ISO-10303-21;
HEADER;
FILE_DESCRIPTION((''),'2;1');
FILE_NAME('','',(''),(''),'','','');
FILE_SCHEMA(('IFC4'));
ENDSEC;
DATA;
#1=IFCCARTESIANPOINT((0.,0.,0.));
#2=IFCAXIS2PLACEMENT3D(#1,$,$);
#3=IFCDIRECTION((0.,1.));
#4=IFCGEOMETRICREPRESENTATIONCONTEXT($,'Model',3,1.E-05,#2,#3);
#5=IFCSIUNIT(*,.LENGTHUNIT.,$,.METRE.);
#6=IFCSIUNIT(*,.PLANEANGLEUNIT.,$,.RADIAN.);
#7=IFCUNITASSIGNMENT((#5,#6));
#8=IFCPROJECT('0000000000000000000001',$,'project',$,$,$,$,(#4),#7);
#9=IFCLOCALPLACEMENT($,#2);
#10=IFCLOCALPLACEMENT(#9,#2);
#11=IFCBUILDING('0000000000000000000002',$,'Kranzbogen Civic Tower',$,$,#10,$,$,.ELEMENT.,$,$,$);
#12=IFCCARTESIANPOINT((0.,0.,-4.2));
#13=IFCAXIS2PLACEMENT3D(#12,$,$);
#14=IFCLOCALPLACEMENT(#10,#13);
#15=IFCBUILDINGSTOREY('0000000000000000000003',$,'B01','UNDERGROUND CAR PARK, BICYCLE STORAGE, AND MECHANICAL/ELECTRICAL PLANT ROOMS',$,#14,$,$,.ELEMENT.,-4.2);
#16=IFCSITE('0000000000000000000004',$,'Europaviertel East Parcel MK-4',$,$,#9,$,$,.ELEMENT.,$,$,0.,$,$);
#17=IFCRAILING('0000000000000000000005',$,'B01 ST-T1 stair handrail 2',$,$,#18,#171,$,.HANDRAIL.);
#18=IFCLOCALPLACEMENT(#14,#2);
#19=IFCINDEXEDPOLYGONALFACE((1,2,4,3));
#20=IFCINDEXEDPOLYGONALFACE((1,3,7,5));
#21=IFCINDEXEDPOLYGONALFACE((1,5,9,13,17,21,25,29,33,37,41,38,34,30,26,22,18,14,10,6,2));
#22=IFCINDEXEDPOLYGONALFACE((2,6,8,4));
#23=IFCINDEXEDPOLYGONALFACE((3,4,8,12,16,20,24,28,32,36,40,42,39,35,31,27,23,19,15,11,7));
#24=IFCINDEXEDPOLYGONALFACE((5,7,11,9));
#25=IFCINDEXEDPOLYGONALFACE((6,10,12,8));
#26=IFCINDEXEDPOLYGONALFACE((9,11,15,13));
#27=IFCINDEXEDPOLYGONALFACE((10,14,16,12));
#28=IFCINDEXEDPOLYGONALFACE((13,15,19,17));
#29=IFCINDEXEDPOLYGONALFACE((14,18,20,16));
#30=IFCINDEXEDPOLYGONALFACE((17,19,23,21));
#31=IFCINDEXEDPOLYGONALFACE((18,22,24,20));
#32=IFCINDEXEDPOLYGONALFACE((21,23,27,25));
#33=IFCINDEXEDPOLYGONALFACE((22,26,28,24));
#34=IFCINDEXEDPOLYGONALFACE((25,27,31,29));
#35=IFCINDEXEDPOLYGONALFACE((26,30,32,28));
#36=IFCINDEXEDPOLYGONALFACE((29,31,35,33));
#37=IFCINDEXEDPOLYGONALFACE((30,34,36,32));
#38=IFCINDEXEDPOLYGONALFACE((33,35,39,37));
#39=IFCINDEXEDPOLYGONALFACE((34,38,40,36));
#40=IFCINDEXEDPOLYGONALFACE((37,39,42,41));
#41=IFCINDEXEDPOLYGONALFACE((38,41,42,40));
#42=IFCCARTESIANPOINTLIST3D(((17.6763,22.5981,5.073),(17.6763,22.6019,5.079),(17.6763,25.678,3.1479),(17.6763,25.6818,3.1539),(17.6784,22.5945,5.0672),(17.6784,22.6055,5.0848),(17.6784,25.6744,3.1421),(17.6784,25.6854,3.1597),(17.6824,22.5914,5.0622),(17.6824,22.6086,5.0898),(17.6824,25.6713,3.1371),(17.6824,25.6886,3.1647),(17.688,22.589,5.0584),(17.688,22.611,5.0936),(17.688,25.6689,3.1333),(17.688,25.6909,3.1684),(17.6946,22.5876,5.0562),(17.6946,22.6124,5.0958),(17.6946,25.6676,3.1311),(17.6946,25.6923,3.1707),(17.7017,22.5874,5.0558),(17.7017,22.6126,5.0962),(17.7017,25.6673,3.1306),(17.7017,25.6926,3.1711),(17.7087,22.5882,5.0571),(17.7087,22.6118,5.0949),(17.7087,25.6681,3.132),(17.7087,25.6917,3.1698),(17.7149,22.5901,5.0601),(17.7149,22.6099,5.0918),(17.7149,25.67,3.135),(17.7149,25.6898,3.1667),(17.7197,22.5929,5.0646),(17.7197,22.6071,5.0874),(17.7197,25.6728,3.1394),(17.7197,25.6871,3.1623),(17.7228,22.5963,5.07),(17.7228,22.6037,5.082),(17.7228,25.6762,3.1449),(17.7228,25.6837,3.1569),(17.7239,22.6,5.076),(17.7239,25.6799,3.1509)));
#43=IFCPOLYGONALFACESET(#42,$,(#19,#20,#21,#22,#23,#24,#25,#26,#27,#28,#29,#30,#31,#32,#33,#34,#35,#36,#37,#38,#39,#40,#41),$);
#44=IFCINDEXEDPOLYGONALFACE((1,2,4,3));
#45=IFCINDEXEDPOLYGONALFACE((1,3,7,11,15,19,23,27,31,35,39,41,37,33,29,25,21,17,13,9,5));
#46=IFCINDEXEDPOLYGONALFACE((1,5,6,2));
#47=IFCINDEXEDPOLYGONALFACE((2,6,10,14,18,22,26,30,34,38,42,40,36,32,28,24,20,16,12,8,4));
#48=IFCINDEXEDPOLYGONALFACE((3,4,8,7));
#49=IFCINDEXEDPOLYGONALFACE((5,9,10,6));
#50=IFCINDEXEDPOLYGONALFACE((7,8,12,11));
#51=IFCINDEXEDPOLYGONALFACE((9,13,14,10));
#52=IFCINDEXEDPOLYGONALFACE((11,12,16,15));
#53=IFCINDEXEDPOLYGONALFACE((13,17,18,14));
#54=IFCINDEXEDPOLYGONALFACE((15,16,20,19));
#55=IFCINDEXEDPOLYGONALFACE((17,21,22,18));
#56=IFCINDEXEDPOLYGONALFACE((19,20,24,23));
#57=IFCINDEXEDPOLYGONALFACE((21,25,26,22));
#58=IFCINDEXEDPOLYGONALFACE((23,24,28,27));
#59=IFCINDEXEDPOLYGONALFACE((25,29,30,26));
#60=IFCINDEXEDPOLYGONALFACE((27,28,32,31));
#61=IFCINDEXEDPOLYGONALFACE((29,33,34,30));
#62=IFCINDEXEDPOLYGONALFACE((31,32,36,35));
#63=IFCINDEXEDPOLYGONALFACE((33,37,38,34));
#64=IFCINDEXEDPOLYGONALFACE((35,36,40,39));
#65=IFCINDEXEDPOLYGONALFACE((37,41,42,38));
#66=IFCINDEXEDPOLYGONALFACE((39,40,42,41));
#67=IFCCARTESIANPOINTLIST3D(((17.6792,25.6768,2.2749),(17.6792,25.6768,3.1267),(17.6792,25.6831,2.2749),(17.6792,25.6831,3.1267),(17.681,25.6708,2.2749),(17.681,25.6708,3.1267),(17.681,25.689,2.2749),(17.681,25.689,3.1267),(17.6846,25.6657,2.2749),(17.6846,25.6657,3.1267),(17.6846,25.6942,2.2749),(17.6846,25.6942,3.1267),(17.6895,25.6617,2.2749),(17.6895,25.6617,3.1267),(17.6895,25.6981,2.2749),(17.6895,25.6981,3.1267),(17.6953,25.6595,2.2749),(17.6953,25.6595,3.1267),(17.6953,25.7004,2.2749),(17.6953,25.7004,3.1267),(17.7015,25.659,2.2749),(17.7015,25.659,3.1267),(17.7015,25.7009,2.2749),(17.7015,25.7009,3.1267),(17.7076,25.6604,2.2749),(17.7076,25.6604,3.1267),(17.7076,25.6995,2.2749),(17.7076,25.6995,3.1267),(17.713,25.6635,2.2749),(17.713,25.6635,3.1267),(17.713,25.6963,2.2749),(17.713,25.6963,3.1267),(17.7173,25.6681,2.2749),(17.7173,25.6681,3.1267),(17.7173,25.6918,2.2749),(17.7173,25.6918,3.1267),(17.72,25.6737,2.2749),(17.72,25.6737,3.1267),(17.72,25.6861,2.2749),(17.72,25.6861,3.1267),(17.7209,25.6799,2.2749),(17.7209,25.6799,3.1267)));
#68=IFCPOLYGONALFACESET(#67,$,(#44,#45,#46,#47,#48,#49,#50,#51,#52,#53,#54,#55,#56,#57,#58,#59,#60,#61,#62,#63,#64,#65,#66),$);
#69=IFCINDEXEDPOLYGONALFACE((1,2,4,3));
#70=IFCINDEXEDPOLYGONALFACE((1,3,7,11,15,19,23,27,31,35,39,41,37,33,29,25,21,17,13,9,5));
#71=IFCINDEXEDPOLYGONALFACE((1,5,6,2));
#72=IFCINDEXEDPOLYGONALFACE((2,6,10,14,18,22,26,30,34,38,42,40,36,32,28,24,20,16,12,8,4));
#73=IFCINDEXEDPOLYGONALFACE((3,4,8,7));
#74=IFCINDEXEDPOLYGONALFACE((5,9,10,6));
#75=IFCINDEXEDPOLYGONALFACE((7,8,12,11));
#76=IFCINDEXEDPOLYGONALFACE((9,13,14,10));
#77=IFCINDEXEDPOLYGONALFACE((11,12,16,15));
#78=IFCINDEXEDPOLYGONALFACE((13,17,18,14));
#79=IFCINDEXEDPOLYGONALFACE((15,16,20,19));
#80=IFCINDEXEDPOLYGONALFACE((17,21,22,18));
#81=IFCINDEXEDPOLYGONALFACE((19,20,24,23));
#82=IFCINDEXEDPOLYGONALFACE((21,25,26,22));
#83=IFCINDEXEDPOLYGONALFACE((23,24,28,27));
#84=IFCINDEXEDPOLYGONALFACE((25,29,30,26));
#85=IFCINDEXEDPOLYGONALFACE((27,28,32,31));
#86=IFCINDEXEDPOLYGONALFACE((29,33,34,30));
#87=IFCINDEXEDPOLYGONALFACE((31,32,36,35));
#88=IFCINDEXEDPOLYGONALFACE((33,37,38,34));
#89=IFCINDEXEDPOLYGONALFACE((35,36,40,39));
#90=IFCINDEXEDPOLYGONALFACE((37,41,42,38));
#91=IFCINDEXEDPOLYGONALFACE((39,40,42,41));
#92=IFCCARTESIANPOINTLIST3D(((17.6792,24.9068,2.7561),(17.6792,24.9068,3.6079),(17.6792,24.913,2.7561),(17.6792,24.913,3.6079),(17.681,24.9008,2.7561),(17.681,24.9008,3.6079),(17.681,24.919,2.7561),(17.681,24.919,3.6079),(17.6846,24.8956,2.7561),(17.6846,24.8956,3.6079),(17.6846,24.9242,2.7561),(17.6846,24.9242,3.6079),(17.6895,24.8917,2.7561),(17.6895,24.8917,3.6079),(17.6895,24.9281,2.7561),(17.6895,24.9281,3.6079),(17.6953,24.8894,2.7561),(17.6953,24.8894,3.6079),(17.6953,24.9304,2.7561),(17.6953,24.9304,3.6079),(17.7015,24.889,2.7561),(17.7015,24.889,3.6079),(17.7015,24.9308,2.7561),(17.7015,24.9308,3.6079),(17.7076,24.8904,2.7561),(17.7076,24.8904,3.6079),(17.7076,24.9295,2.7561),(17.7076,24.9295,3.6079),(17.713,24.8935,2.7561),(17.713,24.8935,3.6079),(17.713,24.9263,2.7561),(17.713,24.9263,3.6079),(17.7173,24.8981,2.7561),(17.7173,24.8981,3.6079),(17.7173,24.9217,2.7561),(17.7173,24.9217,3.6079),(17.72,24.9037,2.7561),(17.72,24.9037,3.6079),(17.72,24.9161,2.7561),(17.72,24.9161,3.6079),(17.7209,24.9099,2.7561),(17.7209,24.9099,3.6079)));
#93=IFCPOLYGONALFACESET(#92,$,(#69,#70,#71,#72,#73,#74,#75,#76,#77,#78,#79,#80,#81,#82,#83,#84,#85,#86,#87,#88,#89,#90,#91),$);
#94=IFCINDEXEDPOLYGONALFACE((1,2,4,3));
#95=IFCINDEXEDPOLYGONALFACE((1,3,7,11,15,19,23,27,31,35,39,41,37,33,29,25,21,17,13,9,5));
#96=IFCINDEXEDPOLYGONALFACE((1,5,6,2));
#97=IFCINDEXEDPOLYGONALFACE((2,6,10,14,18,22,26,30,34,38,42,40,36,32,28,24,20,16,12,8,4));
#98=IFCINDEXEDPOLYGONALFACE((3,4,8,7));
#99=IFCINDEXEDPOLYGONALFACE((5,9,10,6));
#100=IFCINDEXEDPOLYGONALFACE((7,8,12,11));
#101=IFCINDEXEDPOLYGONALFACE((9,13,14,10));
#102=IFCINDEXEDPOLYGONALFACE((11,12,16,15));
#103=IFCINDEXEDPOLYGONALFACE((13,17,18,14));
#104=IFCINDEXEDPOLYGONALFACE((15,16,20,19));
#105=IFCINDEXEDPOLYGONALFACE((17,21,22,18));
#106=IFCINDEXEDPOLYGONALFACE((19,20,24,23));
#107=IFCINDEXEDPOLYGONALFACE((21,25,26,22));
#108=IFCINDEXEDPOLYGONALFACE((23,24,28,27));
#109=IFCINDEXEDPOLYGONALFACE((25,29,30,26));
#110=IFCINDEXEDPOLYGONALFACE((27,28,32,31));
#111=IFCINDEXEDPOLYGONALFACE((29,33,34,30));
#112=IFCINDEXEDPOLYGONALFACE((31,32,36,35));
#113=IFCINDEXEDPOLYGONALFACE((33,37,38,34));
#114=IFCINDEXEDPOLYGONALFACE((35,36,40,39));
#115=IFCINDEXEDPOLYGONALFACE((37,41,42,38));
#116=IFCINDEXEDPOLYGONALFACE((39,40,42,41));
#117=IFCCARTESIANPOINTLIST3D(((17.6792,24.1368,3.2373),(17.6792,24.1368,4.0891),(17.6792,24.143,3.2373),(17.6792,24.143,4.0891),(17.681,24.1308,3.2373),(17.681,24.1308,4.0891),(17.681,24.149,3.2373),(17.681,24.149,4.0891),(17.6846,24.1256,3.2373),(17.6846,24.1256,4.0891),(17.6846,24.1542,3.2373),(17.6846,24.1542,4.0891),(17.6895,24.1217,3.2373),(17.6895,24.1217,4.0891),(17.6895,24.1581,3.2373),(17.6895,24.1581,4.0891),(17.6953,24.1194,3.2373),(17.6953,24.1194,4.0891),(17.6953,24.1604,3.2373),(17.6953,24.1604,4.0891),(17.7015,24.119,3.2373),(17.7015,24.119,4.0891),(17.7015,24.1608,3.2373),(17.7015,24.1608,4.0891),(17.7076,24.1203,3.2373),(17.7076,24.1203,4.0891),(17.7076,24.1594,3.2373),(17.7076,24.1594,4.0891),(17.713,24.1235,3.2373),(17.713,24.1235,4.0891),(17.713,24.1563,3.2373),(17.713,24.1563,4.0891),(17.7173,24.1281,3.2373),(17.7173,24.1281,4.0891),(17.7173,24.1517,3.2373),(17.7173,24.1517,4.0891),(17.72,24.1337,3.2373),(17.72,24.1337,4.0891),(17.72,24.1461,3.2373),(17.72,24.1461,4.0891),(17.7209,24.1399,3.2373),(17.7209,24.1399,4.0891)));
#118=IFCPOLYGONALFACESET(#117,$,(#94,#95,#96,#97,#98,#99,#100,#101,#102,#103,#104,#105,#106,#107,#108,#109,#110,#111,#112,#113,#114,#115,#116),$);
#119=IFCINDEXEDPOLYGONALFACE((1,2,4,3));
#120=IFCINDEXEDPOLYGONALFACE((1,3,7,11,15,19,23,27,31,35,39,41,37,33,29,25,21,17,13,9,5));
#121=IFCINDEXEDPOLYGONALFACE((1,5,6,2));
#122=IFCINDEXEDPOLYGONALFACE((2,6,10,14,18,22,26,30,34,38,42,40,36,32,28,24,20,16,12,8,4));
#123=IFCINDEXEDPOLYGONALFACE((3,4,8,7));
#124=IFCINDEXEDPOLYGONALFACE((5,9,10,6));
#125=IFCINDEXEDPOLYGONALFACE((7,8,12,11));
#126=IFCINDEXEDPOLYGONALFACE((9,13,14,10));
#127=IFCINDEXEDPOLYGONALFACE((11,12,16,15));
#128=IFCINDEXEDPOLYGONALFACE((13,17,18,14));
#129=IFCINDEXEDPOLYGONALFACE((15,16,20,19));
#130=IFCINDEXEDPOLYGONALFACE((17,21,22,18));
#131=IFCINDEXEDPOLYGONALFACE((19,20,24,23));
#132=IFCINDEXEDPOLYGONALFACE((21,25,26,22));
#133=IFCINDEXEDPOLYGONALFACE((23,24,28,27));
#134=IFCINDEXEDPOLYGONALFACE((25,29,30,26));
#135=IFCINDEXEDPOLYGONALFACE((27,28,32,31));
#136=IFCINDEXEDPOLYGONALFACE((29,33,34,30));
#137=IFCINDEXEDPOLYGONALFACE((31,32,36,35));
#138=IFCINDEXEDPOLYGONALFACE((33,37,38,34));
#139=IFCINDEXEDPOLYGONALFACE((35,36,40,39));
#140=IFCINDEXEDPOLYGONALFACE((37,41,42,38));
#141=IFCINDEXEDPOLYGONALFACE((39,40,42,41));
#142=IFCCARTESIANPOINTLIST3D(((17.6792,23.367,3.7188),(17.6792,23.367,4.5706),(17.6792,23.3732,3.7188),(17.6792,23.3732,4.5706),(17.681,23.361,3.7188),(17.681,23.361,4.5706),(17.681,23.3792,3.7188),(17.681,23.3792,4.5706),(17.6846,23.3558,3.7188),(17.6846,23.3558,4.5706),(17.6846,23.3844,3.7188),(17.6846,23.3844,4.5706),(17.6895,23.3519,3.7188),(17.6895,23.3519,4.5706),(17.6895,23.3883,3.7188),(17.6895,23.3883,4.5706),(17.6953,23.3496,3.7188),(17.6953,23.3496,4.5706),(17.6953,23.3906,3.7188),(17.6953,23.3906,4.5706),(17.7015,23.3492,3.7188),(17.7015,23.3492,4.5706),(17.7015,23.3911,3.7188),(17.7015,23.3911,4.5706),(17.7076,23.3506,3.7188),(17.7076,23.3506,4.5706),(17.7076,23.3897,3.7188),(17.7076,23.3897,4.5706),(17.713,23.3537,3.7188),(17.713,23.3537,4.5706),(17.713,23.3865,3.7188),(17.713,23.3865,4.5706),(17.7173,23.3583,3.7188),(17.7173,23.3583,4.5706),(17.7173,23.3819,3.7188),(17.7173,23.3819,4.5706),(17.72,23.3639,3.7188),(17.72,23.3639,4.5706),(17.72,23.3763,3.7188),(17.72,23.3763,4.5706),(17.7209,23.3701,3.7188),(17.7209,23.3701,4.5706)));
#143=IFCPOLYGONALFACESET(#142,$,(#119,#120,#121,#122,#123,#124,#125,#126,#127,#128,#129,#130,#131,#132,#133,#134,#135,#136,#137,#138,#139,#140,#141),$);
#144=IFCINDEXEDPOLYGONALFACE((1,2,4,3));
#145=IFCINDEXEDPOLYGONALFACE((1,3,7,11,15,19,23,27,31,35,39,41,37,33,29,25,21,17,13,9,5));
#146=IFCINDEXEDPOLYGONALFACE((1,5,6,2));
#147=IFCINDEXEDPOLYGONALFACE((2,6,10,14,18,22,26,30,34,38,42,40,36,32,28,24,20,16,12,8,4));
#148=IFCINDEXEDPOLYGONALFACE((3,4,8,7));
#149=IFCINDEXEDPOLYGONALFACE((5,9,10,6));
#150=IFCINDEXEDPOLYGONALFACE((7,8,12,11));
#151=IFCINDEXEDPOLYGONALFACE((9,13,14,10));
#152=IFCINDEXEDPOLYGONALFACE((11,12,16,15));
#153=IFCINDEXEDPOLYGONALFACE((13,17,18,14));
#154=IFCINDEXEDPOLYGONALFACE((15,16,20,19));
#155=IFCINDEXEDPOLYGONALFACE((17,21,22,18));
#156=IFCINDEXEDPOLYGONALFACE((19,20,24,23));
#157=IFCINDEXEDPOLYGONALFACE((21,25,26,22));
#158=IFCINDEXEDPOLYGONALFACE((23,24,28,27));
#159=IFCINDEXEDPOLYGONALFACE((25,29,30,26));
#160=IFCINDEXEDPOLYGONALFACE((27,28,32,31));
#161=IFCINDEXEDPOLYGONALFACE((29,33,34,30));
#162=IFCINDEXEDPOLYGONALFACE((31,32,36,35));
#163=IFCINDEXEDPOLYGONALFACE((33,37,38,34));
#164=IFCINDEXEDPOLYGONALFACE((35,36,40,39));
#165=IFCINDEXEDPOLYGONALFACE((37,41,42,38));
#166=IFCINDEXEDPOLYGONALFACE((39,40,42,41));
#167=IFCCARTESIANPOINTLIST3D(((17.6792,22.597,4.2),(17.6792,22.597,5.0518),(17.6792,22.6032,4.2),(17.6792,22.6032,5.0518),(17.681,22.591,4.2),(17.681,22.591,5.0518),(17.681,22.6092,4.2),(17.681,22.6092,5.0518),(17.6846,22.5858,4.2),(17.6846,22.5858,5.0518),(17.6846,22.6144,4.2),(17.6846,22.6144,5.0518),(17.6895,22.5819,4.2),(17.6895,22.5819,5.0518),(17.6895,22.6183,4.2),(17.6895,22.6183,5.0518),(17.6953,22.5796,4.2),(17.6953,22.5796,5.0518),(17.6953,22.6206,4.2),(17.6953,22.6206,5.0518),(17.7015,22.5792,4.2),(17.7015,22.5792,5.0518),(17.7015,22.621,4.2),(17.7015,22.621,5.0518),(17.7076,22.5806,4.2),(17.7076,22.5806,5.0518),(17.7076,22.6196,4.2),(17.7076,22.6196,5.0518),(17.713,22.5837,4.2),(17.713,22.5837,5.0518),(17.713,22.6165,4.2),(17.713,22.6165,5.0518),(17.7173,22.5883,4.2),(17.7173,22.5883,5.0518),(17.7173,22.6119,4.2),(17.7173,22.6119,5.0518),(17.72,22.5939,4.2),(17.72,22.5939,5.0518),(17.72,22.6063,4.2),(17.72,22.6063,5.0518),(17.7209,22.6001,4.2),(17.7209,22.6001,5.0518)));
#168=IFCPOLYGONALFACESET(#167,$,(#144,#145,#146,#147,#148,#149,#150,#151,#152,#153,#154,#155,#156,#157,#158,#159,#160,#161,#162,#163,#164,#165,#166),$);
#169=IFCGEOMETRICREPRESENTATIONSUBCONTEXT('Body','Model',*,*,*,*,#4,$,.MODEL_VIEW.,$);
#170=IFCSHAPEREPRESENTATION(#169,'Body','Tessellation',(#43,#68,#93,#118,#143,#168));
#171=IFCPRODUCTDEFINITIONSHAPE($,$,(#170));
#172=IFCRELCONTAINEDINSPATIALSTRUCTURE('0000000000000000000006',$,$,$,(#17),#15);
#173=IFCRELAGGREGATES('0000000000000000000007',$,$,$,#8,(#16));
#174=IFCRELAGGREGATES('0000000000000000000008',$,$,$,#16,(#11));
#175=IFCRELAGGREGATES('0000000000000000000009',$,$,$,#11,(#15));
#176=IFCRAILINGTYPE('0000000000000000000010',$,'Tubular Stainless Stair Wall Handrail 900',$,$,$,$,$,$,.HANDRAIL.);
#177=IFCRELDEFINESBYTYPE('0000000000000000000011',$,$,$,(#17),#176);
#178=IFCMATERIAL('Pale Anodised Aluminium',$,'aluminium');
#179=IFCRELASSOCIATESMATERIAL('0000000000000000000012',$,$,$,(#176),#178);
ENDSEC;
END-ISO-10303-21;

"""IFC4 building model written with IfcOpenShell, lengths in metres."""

from ifc_helpers import new_model, si_unit, direction, frame, origin, origin_2d, place, context, subcontext, project, spatial, circle, extrude, material, type_object, element, save


model = new_model("IFC4")

# Units and contexts
model_context = context("Model", 3, precision=1e-05, world=origin(), true_north=direction((0.0, 1.0)))
body_context = subcontext(model_context, "Body", "Model", "MODEL_VIEW")
ifc_project = project(units=[si_unit("LENGTHUNIT", "METRE"), si_unit("PLANEANGLEUNIT", "RADIAN")], contexts=[model_context])

# Site, building, storey
site_placement = place(None, origin())
site = spatial("IfcSite", under=ifc_project, at=site_placement, Name="Europaviertel East Parcel MK-4", CompositionType="ELEMENT", RefElevation=0.0)
building_placement = place(site_placement, origin())
building = spatial("IfcBuilding", under=site, at=building_placement, Name="Kranzbogen Civic Tower", CompositionType="ELEMENT")
storey_placement = place(building_placement, frame((0.0, 0.0, -4.2)))
storey = spatial("IfcBuildingStorey", under=building, at=storey_placement, Name="B01", Description="UNDERGROUND CAR PARK, BICYCLE STORAGE, AND MECHANICAL/ELECTRICAL PLANT ROOMS", CompositionType="ELEMENT", Elevation=-4.2)

# Railing
ifc_material_1 = material(Name="Pale Anodised Aluminium", Category="aluminium")
railing_type_1 = type_object("IfcRailingType", Name="Tubular Stainless Stair Wall Handrail 900", PredefinedType="HANDRAIL", material=ifc_material_1)
railing_1_placement = place(storey_placement, frame((17.7, 25.6799, 2.2749)))
element("IfcRailing", 1, at=railing_1_placement, inside=storey, type_object=railing_type_1, Name="B01 ST-T1 stair handrail 2", PredefinedType="HANDRAIL", context=body_context, shape_type="SweptSolid", body=[
    extrude(circle(Radius=0.0239, at=origin_2d()), frame((0.0, 0.0, 0.876), z_axis=(0.0, -0.847979, 0.530029), x_axis=(1.0, 0.0, 0.0)), (0.0, 0.0, 1.0), 3.6321),
    extrude(circle(Radius=0.021, at=origin_2d()), origin(), (0.0, 0.0, 1.0), 0.8518),
    extrude(circle(Radius=0.021, at=origin_2d()), frame((0.0, -0.77, 0.4812)), (0.0, 0.0, 1.0), 0.8518),
    extrude(circle(Radius=0.021, at=origin_2d()), frame((0.0, -1.54, 0.9624)), (0.0, 0.0, 1.0), 0.8518),
    extrude(circle(Radius=0.021, at=origin_2d()), frame((0.0, -2.3098, 1.4438)), (0.0, 0.0, 1.0), 0.8518),
    extrude(circle(Radius=0.021, at=origin_2d()), frame((0.0, -3.0798, 1.925)), (0.0, 0.0, 1.0), 0.8518),
])

save(model, "model.ifc")
